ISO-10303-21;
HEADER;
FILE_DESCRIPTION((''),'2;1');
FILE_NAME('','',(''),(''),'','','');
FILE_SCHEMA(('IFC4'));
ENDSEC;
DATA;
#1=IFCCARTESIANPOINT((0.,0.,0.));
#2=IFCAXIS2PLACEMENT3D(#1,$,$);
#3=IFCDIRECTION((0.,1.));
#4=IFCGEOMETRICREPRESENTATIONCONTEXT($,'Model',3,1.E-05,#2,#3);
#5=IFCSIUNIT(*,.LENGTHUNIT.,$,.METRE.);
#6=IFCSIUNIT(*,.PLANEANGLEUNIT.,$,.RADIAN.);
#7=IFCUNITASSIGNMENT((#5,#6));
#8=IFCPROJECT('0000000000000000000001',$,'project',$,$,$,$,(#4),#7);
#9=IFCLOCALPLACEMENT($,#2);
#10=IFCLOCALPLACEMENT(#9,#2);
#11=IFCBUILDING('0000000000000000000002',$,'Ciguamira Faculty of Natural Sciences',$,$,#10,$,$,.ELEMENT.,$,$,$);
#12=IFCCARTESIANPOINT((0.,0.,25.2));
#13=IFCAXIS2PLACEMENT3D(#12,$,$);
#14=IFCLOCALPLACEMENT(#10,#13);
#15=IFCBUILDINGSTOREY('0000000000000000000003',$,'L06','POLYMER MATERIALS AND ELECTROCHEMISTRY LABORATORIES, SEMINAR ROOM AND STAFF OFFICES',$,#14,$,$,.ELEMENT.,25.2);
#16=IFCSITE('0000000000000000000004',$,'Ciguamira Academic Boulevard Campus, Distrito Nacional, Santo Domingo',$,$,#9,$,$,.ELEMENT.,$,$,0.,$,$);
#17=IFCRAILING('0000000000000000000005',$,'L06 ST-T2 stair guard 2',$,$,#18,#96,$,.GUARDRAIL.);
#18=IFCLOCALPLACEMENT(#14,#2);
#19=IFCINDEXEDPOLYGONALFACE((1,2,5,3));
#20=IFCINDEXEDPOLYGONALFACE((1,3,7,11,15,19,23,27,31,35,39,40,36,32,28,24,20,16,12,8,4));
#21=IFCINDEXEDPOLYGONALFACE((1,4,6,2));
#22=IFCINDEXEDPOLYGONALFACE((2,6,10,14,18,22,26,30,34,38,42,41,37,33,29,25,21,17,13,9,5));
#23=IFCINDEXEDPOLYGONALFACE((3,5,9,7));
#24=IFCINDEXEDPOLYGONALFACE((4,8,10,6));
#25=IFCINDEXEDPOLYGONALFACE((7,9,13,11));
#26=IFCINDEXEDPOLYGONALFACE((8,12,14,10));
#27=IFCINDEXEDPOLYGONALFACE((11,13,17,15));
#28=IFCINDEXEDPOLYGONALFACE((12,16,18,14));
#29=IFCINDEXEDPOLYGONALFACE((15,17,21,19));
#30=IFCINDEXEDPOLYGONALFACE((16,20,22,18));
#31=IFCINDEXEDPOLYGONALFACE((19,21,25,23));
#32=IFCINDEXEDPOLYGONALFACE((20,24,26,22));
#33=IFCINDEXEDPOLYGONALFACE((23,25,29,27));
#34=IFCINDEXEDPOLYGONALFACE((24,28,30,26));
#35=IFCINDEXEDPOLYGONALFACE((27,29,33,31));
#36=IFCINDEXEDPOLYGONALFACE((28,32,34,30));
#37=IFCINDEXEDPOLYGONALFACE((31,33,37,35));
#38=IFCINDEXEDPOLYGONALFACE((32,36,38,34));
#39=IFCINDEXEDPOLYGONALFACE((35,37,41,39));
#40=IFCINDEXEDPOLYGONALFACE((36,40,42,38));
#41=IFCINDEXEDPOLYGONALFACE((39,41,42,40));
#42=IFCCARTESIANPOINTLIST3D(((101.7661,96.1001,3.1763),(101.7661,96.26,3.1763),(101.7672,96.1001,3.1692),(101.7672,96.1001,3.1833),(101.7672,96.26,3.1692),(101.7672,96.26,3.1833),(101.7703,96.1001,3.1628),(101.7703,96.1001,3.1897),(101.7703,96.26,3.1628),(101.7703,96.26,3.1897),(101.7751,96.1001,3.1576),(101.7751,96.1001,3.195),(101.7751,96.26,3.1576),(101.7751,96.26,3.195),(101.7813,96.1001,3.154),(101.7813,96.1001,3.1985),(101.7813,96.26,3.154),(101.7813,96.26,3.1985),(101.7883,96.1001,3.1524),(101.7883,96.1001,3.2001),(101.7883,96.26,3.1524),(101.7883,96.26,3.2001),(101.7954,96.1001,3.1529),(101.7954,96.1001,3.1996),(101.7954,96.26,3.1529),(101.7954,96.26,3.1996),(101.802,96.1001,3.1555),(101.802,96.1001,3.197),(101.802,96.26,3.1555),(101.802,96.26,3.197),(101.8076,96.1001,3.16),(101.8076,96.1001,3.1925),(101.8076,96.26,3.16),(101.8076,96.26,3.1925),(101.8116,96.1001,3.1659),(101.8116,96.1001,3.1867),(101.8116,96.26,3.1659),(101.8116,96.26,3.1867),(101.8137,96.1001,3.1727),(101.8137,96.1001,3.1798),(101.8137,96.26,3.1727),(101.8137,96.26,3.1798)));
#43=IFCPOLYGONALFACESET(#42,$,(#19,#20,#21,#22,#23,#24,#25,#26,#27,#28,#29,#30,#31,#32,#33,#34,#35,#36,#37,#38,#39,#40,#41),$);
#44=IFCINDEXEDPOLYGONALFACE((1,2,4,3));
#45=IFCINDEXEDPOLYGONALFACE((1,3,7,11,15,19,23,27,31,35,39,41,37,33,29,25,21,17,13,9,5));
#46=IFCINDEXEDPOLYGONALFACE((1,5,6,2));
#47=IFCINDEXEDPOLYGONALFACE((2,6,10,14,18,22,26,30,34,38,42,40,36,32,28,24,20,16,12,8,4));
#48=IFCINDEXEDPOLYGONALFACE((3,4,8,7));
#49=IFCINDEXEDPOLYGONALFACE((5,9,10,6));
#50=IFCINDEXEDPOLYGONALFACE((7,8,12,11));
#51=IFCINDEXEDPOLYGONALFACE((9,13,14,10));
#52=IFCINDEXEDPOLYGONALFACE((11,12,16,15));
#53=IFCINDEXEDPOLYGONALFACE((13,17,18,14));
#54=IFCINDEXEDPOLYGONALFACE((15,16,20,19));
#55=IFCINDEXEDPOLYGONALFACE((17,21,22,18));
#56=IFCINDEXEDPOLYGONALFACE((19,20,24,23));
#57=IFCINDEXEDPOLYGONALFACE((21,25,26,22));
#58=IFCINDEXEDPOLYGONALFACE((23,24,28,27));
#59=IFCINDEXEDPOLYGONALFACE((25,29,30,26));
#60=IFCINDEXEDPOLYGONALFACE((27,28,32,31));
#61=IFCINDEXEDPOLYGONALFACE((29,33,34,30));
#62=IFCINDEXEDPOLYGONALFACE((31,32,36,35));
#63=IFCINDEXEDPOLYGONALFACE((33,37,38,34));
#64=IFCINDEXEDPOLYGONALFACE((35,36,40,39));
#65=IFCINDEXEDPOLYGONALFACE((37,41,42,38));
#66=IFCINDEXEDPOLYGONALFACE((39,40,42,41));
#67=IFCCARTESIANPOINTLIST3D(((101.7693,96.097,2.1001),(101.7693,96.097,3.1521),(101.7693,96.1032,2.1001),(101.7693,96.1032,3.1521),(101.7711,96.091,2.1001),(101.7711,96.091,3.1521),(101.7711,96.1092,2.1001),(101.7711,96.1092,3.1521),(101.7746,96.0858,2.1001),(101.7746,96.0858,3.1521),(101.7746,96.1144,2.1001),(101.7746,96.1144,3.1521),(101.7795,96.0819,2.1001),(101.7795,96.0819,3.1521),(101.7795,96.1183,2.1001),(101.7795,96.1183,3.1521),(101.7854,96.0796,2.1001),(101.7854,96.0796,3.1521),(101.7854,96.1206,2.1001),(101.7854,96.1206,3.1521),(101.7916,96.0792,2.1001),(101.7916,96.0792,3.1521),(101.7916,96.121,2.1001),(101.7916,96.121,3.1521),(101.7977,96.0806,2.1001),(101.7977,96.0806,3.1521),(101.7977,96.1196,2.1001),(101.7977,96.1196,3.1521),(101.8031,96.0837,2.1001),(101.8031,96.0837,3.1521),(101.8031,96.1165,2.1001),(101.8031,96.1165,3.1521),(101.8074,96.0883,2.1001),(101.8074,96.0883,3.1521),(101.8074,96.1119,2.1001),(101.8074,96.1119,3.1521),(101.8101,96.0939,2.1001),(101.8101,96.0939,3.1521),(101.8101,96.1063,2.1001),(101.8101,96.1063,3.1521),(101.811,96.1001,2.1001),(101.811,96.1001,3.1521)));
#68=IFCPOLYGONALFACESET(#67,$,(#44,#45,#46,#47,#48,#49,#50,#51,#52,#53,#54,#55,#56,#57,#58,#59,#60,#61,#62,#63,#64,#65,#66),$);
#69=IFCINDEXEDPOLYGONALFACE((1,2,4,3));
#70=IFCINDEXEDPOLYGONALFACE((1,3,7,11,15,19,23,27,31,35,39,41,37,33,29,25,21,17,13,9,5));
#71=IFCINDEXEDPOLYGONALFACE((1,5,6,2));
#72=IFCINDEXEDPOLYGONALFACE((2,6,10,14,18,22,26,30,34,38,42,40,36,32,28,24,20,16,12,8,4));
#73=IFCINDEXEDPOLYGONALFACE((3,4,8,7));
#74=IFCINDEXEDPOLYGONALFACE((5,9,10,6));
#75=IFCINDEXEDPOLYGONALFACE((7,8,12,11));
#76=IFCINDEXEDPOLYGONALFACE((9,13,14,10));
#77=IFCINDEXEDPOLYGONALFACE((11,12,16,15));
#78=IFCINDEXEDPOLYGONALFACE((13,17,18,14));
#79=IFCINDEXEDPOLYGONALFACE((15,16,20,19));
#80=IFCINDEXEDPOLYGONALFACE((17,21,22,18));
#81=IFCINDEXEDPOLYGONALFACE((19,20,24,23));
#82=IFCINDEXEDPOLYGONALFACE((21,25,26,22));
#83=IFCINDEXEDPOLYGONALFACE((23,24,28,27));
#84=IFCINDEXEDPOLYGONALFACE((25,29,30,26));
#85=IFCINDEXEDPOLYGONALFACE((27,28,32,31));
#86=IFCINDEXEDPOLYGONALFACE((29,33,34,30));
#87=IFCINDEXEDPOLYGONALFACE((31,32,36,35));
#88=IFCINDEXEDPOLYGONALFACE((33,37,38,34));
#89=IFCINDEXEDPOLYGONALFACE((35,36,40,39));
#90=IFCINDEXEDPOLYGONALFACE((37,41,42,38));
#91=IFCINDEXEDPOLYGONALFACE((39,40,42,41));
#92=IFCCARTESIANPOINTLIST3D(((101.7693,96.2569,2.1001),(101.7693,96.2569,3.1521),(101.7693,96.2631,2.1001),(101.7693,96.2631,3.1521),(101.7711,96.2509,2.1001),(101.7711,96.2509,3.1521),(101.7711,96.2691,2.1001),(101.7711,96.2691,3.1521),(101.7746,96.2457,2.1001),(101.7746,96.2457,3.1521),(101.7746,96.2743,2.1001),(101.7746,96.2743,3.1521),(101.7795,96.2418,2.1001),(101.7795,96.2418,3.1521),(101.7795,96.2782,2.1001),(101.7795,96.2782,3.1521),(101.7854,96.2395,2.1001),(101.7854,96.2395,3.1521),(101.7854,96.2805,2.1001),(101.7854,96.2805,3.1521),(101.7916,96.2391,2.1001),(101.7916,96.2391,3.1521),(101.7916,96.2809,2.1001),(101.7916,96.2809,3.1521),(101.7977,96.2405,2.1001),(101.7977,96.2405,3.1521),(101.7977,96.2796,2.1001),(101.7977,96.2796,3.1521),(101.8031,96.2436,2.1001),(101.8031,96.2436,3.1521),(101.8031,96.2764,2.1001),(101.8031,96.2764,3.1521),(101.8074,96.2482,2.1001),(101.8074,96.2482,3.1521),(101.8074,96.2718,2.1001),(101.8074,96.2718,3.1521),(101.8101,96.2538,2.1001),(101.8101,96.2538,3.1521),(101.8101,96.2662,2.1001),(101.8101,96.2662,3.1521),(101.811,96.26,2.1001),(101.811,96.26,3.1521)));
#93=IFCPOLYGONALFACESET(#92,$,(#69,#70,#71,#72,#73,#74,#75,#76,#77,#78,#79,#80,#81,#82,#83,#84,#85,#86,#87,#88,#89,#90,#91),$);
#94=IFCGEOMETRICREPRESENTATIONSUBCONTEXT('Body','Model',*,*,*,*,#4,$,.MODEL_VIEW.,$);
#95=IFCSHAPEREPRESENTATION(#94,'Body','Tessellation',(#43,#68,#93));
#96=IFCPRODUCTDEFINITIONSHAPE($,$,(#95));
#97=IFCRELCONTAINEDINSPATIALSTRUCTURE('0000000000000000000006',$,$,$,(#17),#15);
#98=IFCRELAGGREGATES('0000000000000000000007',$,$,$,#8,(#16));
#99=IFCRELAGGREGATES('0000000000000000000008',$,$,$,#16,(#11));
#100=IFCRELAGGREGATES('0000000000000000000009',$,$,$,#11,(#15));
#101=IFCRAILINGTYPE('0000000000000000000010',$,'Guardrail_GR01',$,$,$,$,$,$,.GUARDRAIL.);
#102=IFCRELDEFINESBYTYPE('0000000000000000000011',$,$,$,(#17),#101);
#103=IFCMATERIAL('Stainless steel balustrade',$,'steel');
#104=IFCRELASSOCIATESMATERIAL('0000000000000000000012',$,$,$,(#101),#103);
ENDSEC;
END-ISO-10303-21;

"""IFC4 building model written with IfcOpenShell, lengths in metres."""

from ifc_helpers import new_model, si_unit, direction, frame, origin, origin_2d, place, context, subcontext, project, spatial, circle, extrude, material, type_object, element, save


model = new_model("IFC4")

# Units and contexts
model_context = context("Model", 3, precision=1e-05, world=origin(), true_north=direction((0.0, 1.0)))
body_context = subcontext(model_context, "Body", "Model", "MODEL_VIEW")
ifc_project = project(units=[si_unit("LENGTHUNIT", "METRE"), si_unit("PLANEANGLEUNIT", "RADIAN")], contexts=[model_context])

# Site, building, storey
site_placement = place(None, origin())
site = spatial("IfcSite", under=ifc_project, at=site_placement, Name="Ciguamira Academic Boulevard Campus, Distrito Nacional, Santo Domingo", CompositionType="ELEMENT", RefElevation=0.0)
building_placement = place(site_placement, origin())
building = spatial("IfcBuilding", under=site, at=building_placement, Name="Ciguamira Faculty of Natural Sciences", CompositionType="ELEMENT")
storey_placement = place(building_placement, frame((0.0, 0.0, 25.2)))
storey = spatial("IfcBuildingStorey", under=building, at=storey_placement, Name="L06", Description="POLYMER MATERIALS AND ELECTROCHEMISTRY LABORATORIES, SEMINAR ROOM AND STAFF OFFICES", CompositionType="ELEMENT", Elevation=25.2)

# Railing
ifc_material_1 = material(Name="Stainless steel balustrade", Category="steel")
railing_type_1 = type_object("IfcRailingType", Name="Guardrail_GR01", PredefinedType="GUARDRAIL", material=ifc_material_1)
railing_1_placement = place(storey_placement, frame((101.79, 96.1001, 2.1001)))
element("IfcRailing", 1, at=railing_1_placement, inside=storey, type_object=railing_type_1, Name="L06 ST-T2 stair guard 2", PredefinedType="GUARDRAIL", context=body_context, shape_type="SweptSolid", body=[
    extrude(circle(Radius=0.0239, at=origin_2d()), frame((0.0, 0.0, 1.0762), z_axis=(0.0, 1.0, 0.0), x_axis=(-1.0, 0.0, 0.0)), (0.0, 0.0, 1.0), 0.1599),
    extrude(circle(Radius=0.021, at=origin_2d()), origin(), (0.0, 0.0, 1.0), 1.052),
    extrude(circle(Radius=0.021, at=origin_2d()), frame((0.0, 0.1599, 0.0)), (0.0, 0.0, 1.0), 1.052),
])

save(model, "model.ifc")
